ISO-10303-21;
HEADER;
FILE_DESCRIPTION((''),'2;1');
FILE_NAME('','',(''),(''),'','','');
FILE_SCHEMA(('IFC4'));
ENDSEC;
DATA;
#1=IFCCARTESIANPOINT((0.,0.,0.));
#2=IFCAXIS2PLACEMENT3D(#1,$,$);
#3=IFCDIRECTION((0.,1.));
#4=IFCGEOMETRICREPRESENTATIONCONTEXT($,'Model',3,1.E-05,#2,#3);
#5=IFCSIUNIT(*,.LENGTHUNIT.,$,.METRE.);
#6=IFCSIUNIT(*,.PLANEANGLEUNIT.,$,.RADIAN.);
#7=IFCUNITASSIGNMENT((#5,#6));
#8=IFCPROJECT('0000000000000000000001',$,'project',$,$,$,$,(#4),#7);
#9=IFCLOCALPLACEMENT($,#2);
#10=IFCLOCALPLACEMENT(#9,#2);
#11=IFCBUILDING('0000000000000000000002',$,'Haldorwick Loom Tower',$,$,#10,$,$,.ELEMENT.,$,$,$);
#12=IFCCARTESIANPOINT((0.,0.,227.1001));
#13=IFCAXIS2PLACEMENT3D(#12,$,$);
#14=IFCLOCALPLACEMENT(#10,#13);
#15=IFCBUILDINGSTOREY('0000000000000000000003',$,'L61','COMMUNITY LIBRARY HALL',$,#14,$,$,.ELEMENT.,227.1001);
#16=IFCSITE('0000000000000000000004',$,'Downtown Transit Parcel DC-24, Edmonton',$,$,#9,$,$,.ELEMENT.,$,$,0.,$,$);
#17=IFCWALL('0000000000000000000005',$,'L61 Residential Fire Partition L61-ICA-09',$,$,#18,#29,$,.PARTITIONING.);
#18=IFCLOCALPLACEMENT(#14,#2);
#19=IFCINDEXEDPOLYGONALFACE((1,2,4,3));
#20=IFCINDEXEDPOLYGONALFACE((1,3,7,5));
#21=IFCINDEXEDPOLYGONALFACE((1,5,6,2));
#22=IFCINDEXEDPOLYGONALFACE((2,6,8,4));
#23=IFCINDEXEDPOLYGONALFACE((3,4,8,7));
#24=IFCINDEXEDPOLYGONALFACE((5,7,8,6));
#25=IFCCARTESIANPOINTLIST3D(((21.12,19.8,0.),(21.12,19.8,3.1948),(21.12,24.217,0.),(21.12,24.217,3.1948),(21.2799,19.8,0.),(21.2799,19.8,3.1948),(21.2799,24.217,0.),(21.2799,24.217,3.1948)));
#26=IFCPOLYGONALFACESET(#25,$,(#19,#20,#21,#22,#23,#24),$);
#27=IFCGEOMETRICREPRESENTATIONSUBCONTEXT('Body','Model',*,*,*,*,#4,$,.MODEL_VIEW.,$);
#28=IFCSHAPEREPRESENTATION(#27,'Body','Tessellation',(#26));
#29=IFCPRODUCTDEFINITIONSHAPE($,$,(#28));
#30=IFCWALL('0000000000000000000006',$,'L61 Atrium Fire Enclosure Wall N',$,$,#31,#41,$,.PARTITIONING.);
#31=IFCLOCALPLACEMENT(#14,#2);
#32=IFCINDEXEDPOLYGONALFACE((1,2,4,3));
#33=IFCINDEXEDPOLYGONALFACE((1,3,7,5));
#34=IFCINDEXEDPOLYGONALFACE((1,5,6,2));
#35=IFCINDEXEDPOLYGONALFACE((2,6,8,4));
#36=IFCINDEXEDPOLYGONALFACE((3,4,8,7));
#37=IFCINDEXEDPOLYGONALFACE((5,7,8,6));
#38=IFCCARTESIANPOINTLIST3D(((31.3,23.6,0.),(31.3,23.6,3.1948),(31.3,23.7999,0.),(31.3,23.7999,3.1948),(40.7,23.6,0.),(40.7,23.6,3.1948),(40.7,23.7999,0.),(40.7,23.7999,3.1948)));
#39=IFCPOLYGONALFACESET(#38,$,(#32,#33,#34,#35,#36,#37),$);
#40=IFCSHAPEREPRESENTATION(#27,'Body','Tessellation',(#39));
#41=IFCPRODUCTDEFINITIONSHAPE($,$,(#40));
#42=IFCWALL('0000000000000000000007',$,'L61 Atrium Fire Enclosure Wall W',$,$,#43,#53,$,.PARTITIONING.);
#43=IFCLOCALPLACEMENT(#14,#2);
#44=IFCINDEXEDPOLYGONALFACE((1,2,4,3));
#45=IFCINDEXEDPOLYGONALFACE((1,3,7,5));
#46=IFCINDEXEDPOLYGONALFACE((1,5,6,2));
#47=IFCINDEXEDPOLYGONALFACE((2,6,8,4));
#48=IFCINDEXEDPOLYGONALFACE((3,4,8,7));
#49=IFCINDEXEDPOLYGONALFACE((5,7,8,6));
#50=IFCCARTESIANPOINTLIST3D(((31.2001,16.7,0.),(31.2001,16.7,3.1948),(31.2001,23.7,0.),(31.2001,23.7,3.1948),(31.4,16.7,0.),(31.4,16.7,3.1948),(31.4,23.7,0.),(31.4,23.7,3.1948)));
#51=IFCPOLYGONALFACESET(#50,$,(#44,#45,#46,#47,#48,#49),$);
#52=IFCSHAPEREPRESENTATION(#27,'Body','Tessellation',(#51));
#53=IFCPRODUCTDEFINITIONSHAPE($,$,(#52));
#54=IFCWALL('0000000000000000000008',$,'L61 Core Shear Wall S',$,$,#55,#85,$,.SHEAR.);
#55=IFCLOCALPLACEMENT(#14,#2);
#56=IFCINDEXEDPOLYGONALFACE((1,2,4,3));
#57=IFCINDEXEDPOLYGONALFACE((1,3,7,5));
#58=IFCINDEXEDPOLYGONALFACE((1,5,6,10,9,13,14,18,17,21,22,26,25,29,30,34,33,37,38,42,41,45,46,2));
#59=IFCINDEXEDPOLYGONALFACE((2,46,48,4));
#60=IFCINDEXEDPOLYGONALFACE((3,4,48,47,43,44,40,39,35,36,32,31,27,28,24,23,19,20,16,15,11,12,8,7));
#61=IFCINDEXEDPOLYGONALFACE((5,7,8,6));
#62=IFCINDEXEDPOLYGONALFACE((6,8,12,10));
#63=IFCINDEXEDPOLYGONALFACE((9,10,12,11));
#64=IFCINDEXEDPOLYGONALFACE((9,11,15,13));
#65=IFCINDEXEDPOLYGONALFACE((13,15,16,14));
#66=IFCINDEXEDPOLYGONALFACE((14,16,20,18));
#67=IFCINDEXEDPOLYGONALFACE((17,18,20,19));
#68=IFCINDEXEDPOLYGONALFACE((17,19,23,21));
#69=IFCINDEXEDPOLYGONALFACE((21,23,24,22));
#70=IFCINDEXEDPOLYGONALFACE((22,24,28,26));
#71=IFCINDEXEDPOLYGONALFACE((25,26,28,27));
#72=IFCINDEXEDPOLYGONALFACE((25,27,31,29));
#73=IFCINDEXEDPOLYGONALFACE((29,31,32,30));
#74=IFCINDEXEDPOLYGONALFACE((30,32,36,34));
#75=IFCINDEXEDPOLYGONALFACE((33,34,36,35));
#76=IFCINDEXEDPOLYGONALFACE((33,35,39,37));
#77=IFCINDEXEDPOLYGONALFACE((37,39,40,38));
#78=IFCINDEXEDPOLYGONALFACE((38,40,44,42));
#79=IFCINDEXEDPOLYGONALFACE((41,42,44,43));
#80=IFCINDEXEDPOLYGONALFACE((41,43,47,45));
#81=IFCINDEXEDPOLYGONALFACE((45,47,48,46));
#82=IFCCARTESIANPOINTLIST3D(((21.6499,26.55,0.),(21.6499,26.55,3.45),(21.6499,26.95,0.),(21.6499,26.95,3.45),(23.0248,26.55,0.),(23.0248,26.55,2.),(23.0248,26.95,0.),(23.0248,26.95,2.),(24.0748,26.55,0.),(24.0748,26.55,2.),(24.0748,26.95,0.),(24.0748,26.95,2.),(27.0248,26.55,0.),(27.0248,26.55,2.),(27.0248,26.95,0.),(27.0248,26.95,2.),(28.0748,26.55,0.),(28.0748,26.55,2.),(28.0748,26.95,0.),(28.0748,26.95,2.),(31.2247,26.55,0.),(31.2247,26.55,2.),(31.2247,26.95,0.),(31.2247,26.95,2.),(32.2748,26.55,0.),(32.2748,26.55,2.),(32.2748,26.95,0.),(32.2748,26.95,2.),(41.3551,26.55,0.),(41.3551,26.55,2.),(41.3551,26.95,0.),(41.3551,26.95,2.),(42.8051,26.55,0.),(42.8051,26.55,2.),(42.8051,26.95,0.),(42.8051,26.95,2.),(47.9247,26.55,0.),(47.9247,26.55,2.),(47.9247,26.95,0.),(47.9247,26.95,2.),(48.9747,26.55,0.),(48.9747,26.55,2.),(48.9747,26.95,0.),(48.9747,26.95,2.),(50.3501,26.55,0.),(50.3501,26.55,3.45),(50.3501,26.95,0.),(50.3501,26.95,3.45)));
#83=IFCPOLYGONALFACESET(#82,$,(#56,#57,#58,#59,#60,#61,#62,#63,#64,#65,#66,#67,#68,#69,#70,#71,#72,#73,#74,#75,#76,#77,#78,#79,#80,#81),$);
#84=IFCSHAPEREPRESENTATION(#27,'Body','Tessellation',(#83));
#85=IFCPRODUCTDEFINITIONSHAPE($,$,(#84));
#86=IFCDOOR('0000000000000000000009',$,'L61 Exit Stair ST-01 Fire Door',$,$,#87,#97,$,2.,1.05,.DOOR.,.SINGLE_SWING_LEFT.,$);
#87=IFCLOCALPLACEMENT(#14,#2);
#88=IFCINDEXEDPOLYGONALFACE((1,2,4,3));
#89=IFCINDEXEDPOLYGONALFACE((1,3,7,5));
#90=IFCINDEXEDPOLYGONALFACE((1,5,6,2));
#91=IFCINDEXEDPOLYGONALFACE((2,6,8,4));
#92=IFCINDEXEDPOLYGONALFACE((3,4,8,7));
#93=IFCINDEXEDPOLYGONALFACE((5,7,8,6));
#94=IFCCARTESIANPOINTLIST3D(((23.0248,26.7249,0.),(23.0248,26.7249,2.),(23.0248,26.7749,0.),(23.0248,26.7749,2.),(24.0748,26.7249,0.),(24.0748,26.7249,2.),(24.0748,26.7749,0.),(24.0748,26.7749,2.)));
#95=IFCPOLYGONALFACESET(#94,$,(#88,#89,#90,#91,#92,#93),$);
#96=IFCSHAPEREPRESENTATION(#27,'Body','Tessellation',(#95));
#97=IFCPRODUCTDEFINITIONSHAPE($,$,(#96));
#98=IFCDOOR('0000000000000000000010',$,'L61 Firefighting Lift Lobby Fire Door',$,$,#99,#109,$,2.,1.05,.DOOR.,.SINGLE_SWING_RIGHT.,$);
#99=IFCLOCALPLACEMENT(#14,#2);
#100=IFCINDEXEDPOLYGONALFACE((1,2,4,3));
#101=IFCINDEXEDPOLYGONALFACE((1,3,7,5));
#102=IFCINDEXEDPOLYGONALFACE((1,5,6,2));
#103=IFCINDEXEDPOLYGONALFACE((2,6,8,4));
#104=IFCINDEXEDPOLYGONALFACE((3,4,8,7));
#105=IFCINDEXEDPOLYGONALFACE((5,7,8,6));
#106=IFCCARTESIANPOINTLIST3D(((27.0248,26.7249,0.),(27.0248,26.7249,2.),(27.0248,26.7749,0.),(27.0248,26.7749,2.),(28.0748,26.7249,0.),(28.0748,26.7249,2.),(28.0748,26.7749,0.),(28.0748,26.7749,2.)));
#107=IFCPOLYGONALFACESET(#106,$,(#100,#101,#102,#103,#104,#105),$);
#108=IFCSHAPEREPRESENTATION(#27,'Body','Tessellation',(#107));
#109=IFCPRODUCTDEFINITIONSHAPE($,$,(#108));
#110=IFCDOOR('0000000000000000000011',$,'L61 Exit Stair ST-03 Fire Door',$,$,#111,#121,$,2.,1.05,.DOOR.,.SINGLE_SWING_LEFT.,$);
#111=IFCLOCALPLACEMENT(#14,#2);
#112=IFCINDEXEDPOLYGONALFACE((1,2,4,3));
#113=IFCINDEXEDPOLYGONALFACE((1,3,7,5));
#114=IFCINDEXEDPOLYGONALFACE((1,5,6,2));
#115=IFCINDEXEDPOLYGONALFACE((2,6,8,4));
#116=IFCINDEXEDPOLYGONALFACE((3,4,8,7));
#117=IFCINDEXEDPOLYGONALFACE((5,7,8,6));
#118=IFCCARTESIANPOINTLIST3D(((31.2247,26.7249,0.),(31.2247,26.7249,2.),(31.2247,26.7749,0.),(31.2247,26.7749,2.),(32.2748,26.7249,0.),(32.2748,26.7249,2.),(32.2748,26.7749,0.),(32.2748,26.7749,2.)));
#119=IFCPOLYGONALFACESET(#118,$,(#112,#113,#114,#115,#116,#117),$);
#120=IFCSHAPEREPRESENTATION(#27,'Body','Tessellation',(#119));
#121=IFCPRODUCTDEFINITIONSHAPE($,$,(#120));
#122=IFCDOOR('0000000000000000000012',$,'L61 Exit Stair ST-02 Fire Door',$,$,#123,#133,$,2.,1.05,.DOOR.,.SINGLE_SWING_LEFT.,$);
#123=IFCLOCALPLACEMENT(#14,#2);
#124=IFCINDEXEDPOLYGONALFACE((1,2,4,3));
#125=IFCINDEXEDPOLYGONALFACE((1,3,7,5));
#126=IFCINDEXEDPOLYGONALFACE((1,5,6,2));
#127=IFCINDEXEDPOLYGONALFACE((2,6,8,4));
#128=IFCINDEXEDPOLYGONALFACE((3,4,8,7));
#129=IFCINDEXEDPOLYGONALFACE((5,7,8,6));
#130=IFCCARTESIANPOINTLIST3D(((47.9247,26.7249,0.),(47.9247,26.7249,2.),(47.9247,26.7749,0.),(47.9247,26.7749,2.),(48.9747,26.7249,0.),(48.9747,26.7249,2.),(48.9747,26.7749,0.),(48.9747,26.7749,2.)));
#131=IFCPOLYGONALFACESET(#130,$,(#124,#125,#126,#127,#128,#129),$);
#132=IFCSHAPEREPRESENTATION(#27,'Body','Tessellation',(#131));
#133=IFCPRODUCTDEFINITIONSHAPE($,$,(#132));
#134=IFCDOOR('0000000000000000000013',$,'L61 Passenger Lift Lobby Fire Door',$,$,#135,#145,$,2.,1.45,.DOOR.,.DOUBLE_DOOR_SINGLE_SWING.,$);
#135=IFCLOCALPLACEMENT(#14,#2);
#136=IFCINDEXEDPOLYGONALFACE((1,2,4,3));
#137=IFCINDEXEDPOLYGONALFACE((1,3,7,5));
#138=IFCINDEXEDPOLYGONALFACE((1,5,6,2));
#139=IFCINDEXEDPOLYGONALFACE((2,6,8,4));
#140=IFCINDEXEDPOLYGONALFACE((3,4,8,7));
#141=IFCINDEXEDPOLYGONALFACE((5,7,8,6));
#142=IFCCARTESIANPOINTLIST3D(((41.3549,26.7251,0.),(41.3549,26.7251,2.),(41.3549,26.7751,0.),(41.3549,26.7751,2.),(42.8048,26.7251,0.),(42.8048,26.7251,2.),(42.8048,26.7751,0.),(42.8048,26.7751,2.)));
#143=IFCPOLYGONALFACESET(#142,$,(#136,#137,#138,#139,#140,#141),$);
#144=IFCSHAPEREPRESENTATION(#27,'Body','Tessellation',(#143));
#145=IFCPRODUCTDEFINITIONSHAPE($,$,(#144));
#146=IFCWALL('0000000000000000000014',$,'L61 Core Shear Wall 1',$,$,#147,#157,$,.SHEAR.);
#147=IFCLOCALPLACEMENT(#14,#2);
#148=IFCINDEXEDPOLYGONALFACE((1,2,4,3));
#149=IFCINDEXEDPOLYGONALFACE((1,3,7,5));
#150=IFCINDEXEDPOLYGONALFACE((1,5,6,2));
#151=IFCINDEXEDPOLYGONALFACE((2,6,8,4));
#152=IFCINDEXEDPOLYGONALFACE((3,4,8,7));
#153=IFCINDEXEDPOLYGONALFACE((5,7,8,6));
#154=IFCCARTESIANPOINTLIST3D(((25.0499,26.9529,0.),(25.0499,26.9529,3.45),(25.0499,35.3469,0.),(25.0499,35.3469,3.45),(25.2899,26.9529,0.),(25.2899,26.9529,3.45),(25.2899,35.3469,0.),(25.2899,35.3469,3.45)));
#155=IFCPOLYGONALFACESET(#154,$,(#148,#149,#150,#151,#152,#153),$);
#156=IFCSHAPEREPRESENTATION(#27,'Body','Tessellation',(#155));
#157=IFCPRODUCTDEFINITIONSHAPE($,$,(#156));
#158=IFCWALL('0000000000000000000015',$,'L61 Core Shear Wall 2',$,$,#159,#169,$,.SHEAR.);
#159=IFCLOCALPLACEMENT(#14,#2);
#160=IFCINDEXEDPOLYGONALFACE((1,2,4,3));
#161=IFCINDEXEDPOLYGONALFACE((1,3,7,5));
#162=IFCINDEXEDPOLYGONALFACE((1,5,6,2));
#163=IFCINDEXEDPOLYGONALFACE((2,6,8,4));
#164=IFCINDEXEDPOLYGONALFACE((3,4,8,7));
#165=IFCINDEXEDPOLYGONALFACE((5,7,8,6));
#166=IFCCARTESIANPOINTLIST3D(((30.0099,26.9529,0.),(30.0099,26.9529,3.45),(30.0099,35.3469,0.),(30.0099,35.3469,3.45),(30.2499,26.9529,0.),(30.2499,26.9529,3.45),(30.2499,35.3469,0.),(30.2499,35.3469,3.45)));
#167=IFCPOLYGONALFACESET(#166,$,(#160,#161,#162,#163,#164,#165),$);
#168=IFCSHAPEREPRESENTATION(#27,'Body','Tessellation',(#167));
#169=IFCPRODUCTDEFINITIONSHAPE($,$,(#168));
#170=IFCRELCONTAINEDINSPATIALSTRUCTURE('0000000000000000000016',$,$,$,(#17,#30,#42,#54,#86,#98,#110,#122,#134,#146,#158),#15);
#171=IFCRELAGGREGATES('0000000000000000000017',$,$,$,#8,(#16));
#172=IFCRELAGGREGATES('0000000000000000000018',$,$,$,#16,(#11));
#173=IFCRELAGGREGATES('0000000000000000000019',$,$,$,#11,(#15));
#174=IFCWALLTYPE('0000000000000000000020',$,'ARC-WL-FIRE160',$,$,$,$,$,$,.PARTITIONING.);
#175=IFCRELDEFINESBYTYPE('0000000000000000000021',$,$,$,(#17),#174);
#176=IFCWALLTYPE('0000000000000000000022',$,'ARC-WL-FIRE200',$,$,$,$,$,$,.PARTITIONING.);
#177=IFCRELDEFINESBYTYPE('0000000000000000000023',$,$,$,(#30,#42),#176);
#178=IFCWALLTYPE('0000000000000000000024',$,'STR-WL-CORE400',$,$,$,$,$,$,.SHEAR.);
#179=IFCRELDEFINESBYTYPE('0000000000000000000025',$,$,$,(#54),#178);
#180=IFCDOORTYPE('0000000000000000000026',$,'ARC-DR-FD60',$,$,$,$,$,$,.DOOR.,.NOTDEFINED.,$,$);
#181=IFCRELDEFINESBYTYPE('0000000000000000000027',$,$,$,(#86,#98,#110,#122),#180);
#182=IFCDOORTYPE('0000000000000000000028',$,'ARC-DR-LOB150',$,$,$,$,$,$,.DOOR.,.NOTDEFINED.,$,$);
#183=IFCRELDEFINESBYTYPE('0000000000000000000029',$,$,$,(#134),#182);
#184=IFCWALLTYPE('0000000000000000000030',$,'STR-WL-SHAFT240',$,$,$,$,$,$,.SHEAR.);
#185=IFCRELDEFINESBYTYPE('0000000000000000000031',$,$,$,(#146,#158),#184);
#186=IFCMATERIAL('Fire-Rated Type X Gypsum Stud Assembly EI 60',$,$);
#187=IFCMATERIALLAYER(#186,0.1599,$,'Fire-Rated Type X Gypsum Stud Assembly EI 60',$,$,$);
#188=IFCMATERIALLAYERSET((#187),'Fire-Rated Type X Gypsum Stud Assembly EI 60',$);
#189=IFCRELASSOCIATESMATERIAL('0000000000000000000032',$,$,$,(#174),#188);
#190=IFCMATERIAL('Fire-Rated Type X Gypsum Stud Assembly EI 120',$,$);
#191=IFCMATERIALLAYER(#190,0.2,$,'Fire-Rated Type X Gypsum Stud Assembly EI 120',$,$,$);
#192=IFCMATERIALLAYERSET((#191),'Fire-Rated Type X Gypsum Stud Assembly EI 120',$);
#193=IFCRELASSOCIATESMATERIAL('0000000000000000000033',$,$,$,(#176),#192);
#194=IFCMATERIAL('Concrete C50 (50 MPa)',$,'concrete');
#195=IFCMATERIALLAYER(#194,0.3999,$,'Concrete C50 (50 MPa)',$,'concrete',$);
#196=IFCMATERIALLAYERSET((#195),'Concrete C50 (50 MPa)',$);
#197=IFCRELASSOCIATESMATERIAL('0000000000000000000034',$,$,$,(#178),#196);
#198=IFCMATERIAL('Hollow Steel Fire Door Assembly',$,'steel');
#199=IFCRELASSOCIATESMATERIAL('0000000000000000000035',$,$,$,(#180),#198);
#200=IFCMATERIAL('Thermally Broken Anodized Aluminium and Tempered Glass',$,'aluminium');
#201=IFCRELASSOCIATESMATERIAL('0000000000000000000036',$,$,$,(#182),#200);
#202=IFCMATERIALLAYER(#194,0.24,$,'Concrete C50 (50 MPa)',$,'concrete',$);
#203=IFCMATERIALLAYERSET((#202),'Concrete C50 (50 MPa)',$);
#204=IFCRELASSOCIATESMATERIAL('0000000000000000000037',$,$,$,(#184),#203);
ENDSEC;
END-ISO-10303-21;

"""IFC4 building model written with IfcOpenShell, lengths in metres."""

from ifc_helpers import new_model, si_unit, direction, frame, frame_2d, origin, place, context, subcontext, project, spatial, rectangle, extrude, material, layer, layer_set, type_object, element, fill, save


model = new_model("IFC4")

# Units and contexts
model_context = context("Model", 3, precision=1e-05, world=origin(), true_north=direction((0.0, 1.0)))
body_context = subcontext(model_context, "Body", "Model", "MODEL_VIEW")
ifc_project = project(units=[si_unit("LENGTHUNIT", "METRE"), si_unit("PLANEANGLEUNIT", "RADIAN")], contexts=[model_context])

# Site, building, storey
site_placement = place(None, origin())
site = spatial("IfcSite", under=ifc_project, at=site_placement, Name="Downtown Transit Parcel DC-24, Edmonton", CompositionType="ELEMENT", RefElevation=0.0)
building_placement = place(site_placement, origin())
building = spatial("IfcBuilding", under=site, at=building_placement, Name="Haldorwick Loom Tower", CompositionType="ELEMENT")
storey_placement = place(building_placement, frame((0.0, 0.0, 227.1001)))
storey = spatial("IfcBuildingStorey", under=building, at=storey_placement, Name="L61", Description="COMMUNITY LIBRARY HALL", CompositionType="ELEMENT", Elevation=227.1001)

# Shared definitions
ifc_material_1 = material(Name="Concrete C50 (50 MPa)", Category="concrete")

# Walls
ifc_material_2 = material(Name="Fire-Rated Type X Gypsum Stud Assembly EI 60")
ifc_layer_1 = layer(ifc_material_2, 0.1599, Name="Fire-Rated Type X Gypsum Stud Assembly EI 60")
ifc_layer_set_1 = layer_set([ifc_layer_1], Name="Fire-Rated Type X Gypsum Stud Assembly EI 60")
wall_type_1 = type_object("IfcWallType", Name="ARC-WL-FIRE160", PredefinedType="PARTITIONING", material=ifc_layer_set_1)
wall_1_placement = place(storey_placement, frame((21.2, 24.217, 0.0), z_axis=(0.0, 0.0, 1.0), x_axis=(0.0, -1.0, 0.0)))
element("IfcWall", 1, at=wall_1_placement, inside=storey, type_object=wall_type_1, Name="L61 Residential Fire Partition L61-ICA-09", PredefinedType="PARTITIONING", context=body_context, shape_type="SweptSolid", body=[
    extrude(rectangle(XDim=4.417, YDim=0.1599, at=frame_2d((2.2085, 0.0))), origin(), (0.0, 0.0, 1.0), 3.1948),
])
ifc_material_3 = material(Name="Fire-Rated Type X Gypsum Stud Assembly EI 120")
ifc_layer_2 = layer(ifc_material_3, 0.2, Name="Fire-Rated Type X Gypsum Stud Assembly EI 120")
ifc_layer_set_2 = layer_set([ifc_layer_2], Name="Fire-Rated Type X Gypsum Stud Assembly EI 120")
wall_type_2 = type_object("IfcWallType", Name="ARC-WL-FIRE200", PredefinedType="PARTITIONING", material=ifc_layer_set_2)
wall_2_placement = place(storey_placement, frame((31.3, 23.7, 0.0), z_axis=(0.0, 0.0, 1.0), x_axis=(1.0, 0.0, 0.0)))
element("IfcWall", 2, at=wall_2_placement, inside=storey, type_object=wall_type_2, Name="L61 Atrium Fire Enclosure Wall N", PredefinedType="PARTITIONING", context=body_context, shape_type="SweptSolid", body=[
    extrude(rectangle(XDim=9.3999, YDim=0.2, at=frame_2d((4.7, 0.0))), origin(), (0.0, 0.0, 1.0), 3.1948),
])
wall_3_placement = place(storey_placement, frame((31.3, 16.7, 0.0), z_axis=(0.0, 0.0, 1.0), x_axis=(0.0, 1.0, 0.0)))
element("IfcWall", 3, at=wall_3_placement, inside=storey, type_object=wall_type_2, Name="L61 Atrium Fire Enclosure Wall W", PredefinedType="PARTITIONING", context=body_context, shape_type="SweptSolid", body=[
    extrude(rectangle(XDim=7.0, YDim=0.2, at=frame_2d((3.5, 0.0))), origin(), (0.0, 0.0, 1.0), 3.1948),
])

# Wall, openings, doors
ifc_layer_3 = layer(ifc_material_1, 0.3999, Name="Concrete C50 (50 MPa)", Category="concrete")
ifc_layer_set_3 = layer_set([ifc_layer_3], Name="Concrete C50 (50 MPa)")
wall_type_3 = type_object("IfcWallType", Name="STR-WL-CORE400", PredefinedType="SHEAR", material=ifc_layer_set_3)
wall_4_placement = place(storey_placement, frame((21.6499, 26.75, 0.0), z_axis=(0.0, 0.0, 1.0), x_axis=(1.0, 0.0, 0.0)))
wall_4 = element("IfcWall", 4, at=wall_4_placement, inside=storey, type_object=wall_type_3, Name="L61 Core Shear Wall S", PredefinedType="SHEAR", context=body_context, shape_type="SweptSolid", body=[
    extrude(rectangle(XDim=28.7002, YDim=0.3999, at=frame_2d((14.3501, 0.0))), origin(), (0.0, 0.0, 1.0), 3.45),
])
opening_1_placement = place(wall_4_placement, frame((1.375, 0.0, 0.0)))
opening_1 = element("IfcOpeningElement", 5, at=opening_1_placement, cuts=wall_4, PredefinedType="OPENING", context=body_context, shape_type="SweptSolid", body=[
    extrude(rectangle(XDim=1.05, YDim=2.0, at=frame_2d((0.5249, 1.0))), frame((0.0, 0.21, 0.0), z_axis=(0.0, -1.0, 0.0), x_axis=(1.0, 0.0, 0.0)), (0.0, 0.0, 1.0), 0.4199),
])
opening_2_placement = place(wall_4_placement, frame((5.375, 0.0, 0.0)))
opening_2 = element("IfcOpeningElement", 6, at=opening_2_placement, cuts=wall_4, PredefinedType="OPENING", context=body_context, shape_type="SweptSolid", body=[
    extrude(rectangle(XDim=1.05, YDim=2.0, at=frame_2d((0.5249, 1.0))), frame((0.0, 0.21, 0.0), z_axis=(0.0, -1.0, 0.0), x_axis=(1.0, 0.0, 0.0)), (0.0, 0.0, 1.0), 0.4199),
])
opening_3_placement = place(wall_4_placement, frame((9.575, 0.0, 0.0)))
opening_3 = element("IfcOpeningElement", 7, at=opening_3_placement, cuts=wall_4, PredefinedType="OPENING", context=body_context, shape_type="SweptSolid", body=[
    extrude(rectangle(XDim=1.05, YDim=2.0, at=frame_2d((0.5249, 1.0))), frame((0.0, 0.21, 0.0), z_axis=(0.0, -1.0, 0.0), x_axis=(1.0, 0.0, 0.0)), (0.0, 0.0, 1.0), 0.4199),
])
opening_4_placement = place(wall_4_placement, frame((19.7051, 0.0, 0.0)))
opening_4 = element("IfcOpeningElement", 8, at=opening_4_placement, cuts=wall_4, PredefinedType="OPENING", context=body_context, shape_type="SweptSolid", body=[
    extrude(rectangle(XDim=1.45, YDim=2.0, at=frame_2d((0.7251, 1.0))), frame((0.0, 0.21, 0.0), z_axis=(0.0, -1.0, 0.0), x_axis=(1.0, 0.0, 0.0)), (0.0, 0.0, 1.0), 0.4199),
])
opening_5_placement = place(wall_4_placement, frame((26.2749, 0.0, 0.0)))
opening_5 = element("IfcOpeningElement", 9, at=opening_5_placement, cuts=wall_4, PredefinedType="OPENING", context=body_context, shape_type="SweptSolid", body=[
    extrude(rectangle(XDim=1.05, YDim=2.0, at=frame_2d((0.5249, 1.0))), frame((0.0, 0.21, 0.0), z_axis=(0.0, -1.0, 0.0), x_axis=(1.0, 0.0, 0.0)), (0.0, 0.0, 1.0), 0.4199),
])
ifc_material_4 = material(Name="Hollow Steel Fire Door Assembly", Category="steel")
door_type_1 = type_object("IfcDoorType", Name="ARC-DR-FD60", OperationType="NOTDEFINED", PredefinedType="DOOR", material=ifc_material_4)
door_1_placement = place(opening_1_placement, origin())
door_1 = element("IfcDoor", 10, at=door_1_placement, inside=storey, type_object=door_type_1, Name="L61 Exit Stair ST-01 Fire Door", OperationType="SINGLE_SWING_LEFT", OverallHeight=2.0, OverallWidth=1.05, PredefinedType="DOOR", context=body_context, shape_type="SweptSolid", body=[
    extrude(rectangle(XDim=1.05, YDim=2.0, at=frame_2d((0.5249, 1.0))), frame((0.0, 0.0249, 0.0), z_axis=(0.0, -1.0, 0.0), x_axis=(1.0, 0.0, 0.0)), (0.0, 0.0, 1.0), 0.05),
])
fill(opening_1, door_1)
door_2_placement = place(opening_2_placement, origin())
door_2 = element("IfcDoor", 11, at=door_2_placement, inside=storey, type_object=door_type_1, Name="L61 Firefighting Lift Lobby Fire Door", OperationType="SINGLE_SWING_RIGHT", OverallHeight=2.0, OverallWidth=1.05, PredefinedType="DOOR", context=body_context, shape_type="SweptSolid", body=[
    extrude(rectangle(XDim=1.05, YDim=2.0, at=frame_2d((0.5249, 1.0))), frame((0.0, 0.0249, 0.0), z_axis=(0.0, -1.0, 0.0), x_axis=(1.0, 0.0, 0.0)), (0.0, 0.0, 1.0), 0.05),
])
fill(opening_2, door_2)
door_3_placement = place(opening_3_placement, origin())
door_3 = element("IfcDoor", 12, at=door_3_placement, inside=storey, type_object=door_type_1, Name="L61 Exit Stair ST-03 Fire Door", OperationType="SINGLE_SWING_LEFT", OverallHeight=2.0, OverallWidth=1.05, PredefinedType="DOOR", context=body_context, shape_type="SweptSolid", body=[
    extrude(rectangle(XDim=1.05, YDim=2.0, at=frame_2d((0.5249, 1.0))), frame((0.0, 0.0249, 0.0), z_axis=(0.0, -1.0, 0.0), x_axis=(1.0, 0.0, 0.0)), (0.0, 0.0, 1.0), 0.05),
])
fill(opening_3, door_3)
door_4_placement = place(opening_5_placement, origin())
door_4 = element("IfcDoor", 13, at=door_4_placement, inside=storey, type_object=door_type_1, Name="L61 Exit Stair ST-02 Fire Door", OperationType="SINGLE_SWING_LEFT", OverallHeight=2.0, OverallWidth=1.05, PredefinedType="DOOR", context=body_context, shape_type="SweptSolid", body=[
    extrude(rectangle(XDim=1.05, YDim=2.0, at=frame_2d((0.5249, 1.0))), frame((0.0, 0.0249, 0.0), z_axis=(0.0, -1.0, 0.0), x_axis=(1.0, 0.0, 0.0)), (0.0, 0.0, 1.0), 0.05),
])
fill(opening_5, door_4)
ifc_material_5 = material(Name="Thermally Broken Anodized Aluminium and Tempered Glass", Category="aluminium")
door_type_2 = type_object("IfcDoorType", Name="ARC-DR-LOB150", OperationType="NOTDEFINED", PredefinedType="DOOR", material=ifc_material_5)
door_5_placement = place(opening_4_placement, frame((1.45, 0.0, 0.0), z_axis=(0.0, 0.0, 1.0), x_axis=(-1.0, 0.0, 0.0)))
door_5 = element("IfcDoor", 14, at=door_5_placement, inside=storey, type_object=door_type_2, Name="L61 Passenger Lift Lobby Fire Door", OperationType="DOUBLE_DOOR_SINGLE_SWING", OverallHeight=2.0, OverallWidth=1.45, PredefinedType="DOOR", context=body_context, shape_type="SweptSolid", body=[
    extrude(rectangle(XDim=1.45, YDim=2.0, at=frame_2d((0.7251, 1.0))), frame((0.0, 0.0249, 0.0), z_axis=(0.0, -1.0, 0.0), x_axis=(1.0, 0.0, 0.0)), (0.0, 0.0, 1.0), 0.05),
])
fill(opening_4, door_5)

# Walls
ifc_layer_4 = layer(ifc_material_1, 0.24, Name="Concrete C50 (50 MPa)", Category="concrete")
ifc_layer_set_4 = layer_set([ifc_layer_4], Name="Concrete C50 (50 MPa)")
wall_type_4 = type_object("IfcWallType", Name="STR-WL-SHAFT240", PredefinedType="SHEAR", material=ifc_layer_set_4)
for number, where, z_axis, x_axis, name in (
    (15, (25.1699, 26.9529, 0.0), (0.0, 0.0, 1.0), (0.0, 1.0, 0.0), "L61 Core Shear Wall 1"),
    (16, (30.1299, 26.9529, 0.0), (0.0, 0.0, 1.0), (0.0, 1.0, 0.0), "L61 Core Shear Wall 2"),
):
    element("IfcWall", number, at=place(storey_placement, frame(where, z_axis=z_axis, x_axis=x_axis)), inside=storey, type_object=wall_type_4, Name=name, PredefinedType="SHEAR", context=body_context, shape_type="SweptSolid", body=[
        extrude(rectangle(XDim=8.394, YDim=0.24, at=frame_2d((4.197, 0.0))), origin(), (0.0, 0.0, 1.0), 3.45),
    ])

save(model, "model.ifc")
